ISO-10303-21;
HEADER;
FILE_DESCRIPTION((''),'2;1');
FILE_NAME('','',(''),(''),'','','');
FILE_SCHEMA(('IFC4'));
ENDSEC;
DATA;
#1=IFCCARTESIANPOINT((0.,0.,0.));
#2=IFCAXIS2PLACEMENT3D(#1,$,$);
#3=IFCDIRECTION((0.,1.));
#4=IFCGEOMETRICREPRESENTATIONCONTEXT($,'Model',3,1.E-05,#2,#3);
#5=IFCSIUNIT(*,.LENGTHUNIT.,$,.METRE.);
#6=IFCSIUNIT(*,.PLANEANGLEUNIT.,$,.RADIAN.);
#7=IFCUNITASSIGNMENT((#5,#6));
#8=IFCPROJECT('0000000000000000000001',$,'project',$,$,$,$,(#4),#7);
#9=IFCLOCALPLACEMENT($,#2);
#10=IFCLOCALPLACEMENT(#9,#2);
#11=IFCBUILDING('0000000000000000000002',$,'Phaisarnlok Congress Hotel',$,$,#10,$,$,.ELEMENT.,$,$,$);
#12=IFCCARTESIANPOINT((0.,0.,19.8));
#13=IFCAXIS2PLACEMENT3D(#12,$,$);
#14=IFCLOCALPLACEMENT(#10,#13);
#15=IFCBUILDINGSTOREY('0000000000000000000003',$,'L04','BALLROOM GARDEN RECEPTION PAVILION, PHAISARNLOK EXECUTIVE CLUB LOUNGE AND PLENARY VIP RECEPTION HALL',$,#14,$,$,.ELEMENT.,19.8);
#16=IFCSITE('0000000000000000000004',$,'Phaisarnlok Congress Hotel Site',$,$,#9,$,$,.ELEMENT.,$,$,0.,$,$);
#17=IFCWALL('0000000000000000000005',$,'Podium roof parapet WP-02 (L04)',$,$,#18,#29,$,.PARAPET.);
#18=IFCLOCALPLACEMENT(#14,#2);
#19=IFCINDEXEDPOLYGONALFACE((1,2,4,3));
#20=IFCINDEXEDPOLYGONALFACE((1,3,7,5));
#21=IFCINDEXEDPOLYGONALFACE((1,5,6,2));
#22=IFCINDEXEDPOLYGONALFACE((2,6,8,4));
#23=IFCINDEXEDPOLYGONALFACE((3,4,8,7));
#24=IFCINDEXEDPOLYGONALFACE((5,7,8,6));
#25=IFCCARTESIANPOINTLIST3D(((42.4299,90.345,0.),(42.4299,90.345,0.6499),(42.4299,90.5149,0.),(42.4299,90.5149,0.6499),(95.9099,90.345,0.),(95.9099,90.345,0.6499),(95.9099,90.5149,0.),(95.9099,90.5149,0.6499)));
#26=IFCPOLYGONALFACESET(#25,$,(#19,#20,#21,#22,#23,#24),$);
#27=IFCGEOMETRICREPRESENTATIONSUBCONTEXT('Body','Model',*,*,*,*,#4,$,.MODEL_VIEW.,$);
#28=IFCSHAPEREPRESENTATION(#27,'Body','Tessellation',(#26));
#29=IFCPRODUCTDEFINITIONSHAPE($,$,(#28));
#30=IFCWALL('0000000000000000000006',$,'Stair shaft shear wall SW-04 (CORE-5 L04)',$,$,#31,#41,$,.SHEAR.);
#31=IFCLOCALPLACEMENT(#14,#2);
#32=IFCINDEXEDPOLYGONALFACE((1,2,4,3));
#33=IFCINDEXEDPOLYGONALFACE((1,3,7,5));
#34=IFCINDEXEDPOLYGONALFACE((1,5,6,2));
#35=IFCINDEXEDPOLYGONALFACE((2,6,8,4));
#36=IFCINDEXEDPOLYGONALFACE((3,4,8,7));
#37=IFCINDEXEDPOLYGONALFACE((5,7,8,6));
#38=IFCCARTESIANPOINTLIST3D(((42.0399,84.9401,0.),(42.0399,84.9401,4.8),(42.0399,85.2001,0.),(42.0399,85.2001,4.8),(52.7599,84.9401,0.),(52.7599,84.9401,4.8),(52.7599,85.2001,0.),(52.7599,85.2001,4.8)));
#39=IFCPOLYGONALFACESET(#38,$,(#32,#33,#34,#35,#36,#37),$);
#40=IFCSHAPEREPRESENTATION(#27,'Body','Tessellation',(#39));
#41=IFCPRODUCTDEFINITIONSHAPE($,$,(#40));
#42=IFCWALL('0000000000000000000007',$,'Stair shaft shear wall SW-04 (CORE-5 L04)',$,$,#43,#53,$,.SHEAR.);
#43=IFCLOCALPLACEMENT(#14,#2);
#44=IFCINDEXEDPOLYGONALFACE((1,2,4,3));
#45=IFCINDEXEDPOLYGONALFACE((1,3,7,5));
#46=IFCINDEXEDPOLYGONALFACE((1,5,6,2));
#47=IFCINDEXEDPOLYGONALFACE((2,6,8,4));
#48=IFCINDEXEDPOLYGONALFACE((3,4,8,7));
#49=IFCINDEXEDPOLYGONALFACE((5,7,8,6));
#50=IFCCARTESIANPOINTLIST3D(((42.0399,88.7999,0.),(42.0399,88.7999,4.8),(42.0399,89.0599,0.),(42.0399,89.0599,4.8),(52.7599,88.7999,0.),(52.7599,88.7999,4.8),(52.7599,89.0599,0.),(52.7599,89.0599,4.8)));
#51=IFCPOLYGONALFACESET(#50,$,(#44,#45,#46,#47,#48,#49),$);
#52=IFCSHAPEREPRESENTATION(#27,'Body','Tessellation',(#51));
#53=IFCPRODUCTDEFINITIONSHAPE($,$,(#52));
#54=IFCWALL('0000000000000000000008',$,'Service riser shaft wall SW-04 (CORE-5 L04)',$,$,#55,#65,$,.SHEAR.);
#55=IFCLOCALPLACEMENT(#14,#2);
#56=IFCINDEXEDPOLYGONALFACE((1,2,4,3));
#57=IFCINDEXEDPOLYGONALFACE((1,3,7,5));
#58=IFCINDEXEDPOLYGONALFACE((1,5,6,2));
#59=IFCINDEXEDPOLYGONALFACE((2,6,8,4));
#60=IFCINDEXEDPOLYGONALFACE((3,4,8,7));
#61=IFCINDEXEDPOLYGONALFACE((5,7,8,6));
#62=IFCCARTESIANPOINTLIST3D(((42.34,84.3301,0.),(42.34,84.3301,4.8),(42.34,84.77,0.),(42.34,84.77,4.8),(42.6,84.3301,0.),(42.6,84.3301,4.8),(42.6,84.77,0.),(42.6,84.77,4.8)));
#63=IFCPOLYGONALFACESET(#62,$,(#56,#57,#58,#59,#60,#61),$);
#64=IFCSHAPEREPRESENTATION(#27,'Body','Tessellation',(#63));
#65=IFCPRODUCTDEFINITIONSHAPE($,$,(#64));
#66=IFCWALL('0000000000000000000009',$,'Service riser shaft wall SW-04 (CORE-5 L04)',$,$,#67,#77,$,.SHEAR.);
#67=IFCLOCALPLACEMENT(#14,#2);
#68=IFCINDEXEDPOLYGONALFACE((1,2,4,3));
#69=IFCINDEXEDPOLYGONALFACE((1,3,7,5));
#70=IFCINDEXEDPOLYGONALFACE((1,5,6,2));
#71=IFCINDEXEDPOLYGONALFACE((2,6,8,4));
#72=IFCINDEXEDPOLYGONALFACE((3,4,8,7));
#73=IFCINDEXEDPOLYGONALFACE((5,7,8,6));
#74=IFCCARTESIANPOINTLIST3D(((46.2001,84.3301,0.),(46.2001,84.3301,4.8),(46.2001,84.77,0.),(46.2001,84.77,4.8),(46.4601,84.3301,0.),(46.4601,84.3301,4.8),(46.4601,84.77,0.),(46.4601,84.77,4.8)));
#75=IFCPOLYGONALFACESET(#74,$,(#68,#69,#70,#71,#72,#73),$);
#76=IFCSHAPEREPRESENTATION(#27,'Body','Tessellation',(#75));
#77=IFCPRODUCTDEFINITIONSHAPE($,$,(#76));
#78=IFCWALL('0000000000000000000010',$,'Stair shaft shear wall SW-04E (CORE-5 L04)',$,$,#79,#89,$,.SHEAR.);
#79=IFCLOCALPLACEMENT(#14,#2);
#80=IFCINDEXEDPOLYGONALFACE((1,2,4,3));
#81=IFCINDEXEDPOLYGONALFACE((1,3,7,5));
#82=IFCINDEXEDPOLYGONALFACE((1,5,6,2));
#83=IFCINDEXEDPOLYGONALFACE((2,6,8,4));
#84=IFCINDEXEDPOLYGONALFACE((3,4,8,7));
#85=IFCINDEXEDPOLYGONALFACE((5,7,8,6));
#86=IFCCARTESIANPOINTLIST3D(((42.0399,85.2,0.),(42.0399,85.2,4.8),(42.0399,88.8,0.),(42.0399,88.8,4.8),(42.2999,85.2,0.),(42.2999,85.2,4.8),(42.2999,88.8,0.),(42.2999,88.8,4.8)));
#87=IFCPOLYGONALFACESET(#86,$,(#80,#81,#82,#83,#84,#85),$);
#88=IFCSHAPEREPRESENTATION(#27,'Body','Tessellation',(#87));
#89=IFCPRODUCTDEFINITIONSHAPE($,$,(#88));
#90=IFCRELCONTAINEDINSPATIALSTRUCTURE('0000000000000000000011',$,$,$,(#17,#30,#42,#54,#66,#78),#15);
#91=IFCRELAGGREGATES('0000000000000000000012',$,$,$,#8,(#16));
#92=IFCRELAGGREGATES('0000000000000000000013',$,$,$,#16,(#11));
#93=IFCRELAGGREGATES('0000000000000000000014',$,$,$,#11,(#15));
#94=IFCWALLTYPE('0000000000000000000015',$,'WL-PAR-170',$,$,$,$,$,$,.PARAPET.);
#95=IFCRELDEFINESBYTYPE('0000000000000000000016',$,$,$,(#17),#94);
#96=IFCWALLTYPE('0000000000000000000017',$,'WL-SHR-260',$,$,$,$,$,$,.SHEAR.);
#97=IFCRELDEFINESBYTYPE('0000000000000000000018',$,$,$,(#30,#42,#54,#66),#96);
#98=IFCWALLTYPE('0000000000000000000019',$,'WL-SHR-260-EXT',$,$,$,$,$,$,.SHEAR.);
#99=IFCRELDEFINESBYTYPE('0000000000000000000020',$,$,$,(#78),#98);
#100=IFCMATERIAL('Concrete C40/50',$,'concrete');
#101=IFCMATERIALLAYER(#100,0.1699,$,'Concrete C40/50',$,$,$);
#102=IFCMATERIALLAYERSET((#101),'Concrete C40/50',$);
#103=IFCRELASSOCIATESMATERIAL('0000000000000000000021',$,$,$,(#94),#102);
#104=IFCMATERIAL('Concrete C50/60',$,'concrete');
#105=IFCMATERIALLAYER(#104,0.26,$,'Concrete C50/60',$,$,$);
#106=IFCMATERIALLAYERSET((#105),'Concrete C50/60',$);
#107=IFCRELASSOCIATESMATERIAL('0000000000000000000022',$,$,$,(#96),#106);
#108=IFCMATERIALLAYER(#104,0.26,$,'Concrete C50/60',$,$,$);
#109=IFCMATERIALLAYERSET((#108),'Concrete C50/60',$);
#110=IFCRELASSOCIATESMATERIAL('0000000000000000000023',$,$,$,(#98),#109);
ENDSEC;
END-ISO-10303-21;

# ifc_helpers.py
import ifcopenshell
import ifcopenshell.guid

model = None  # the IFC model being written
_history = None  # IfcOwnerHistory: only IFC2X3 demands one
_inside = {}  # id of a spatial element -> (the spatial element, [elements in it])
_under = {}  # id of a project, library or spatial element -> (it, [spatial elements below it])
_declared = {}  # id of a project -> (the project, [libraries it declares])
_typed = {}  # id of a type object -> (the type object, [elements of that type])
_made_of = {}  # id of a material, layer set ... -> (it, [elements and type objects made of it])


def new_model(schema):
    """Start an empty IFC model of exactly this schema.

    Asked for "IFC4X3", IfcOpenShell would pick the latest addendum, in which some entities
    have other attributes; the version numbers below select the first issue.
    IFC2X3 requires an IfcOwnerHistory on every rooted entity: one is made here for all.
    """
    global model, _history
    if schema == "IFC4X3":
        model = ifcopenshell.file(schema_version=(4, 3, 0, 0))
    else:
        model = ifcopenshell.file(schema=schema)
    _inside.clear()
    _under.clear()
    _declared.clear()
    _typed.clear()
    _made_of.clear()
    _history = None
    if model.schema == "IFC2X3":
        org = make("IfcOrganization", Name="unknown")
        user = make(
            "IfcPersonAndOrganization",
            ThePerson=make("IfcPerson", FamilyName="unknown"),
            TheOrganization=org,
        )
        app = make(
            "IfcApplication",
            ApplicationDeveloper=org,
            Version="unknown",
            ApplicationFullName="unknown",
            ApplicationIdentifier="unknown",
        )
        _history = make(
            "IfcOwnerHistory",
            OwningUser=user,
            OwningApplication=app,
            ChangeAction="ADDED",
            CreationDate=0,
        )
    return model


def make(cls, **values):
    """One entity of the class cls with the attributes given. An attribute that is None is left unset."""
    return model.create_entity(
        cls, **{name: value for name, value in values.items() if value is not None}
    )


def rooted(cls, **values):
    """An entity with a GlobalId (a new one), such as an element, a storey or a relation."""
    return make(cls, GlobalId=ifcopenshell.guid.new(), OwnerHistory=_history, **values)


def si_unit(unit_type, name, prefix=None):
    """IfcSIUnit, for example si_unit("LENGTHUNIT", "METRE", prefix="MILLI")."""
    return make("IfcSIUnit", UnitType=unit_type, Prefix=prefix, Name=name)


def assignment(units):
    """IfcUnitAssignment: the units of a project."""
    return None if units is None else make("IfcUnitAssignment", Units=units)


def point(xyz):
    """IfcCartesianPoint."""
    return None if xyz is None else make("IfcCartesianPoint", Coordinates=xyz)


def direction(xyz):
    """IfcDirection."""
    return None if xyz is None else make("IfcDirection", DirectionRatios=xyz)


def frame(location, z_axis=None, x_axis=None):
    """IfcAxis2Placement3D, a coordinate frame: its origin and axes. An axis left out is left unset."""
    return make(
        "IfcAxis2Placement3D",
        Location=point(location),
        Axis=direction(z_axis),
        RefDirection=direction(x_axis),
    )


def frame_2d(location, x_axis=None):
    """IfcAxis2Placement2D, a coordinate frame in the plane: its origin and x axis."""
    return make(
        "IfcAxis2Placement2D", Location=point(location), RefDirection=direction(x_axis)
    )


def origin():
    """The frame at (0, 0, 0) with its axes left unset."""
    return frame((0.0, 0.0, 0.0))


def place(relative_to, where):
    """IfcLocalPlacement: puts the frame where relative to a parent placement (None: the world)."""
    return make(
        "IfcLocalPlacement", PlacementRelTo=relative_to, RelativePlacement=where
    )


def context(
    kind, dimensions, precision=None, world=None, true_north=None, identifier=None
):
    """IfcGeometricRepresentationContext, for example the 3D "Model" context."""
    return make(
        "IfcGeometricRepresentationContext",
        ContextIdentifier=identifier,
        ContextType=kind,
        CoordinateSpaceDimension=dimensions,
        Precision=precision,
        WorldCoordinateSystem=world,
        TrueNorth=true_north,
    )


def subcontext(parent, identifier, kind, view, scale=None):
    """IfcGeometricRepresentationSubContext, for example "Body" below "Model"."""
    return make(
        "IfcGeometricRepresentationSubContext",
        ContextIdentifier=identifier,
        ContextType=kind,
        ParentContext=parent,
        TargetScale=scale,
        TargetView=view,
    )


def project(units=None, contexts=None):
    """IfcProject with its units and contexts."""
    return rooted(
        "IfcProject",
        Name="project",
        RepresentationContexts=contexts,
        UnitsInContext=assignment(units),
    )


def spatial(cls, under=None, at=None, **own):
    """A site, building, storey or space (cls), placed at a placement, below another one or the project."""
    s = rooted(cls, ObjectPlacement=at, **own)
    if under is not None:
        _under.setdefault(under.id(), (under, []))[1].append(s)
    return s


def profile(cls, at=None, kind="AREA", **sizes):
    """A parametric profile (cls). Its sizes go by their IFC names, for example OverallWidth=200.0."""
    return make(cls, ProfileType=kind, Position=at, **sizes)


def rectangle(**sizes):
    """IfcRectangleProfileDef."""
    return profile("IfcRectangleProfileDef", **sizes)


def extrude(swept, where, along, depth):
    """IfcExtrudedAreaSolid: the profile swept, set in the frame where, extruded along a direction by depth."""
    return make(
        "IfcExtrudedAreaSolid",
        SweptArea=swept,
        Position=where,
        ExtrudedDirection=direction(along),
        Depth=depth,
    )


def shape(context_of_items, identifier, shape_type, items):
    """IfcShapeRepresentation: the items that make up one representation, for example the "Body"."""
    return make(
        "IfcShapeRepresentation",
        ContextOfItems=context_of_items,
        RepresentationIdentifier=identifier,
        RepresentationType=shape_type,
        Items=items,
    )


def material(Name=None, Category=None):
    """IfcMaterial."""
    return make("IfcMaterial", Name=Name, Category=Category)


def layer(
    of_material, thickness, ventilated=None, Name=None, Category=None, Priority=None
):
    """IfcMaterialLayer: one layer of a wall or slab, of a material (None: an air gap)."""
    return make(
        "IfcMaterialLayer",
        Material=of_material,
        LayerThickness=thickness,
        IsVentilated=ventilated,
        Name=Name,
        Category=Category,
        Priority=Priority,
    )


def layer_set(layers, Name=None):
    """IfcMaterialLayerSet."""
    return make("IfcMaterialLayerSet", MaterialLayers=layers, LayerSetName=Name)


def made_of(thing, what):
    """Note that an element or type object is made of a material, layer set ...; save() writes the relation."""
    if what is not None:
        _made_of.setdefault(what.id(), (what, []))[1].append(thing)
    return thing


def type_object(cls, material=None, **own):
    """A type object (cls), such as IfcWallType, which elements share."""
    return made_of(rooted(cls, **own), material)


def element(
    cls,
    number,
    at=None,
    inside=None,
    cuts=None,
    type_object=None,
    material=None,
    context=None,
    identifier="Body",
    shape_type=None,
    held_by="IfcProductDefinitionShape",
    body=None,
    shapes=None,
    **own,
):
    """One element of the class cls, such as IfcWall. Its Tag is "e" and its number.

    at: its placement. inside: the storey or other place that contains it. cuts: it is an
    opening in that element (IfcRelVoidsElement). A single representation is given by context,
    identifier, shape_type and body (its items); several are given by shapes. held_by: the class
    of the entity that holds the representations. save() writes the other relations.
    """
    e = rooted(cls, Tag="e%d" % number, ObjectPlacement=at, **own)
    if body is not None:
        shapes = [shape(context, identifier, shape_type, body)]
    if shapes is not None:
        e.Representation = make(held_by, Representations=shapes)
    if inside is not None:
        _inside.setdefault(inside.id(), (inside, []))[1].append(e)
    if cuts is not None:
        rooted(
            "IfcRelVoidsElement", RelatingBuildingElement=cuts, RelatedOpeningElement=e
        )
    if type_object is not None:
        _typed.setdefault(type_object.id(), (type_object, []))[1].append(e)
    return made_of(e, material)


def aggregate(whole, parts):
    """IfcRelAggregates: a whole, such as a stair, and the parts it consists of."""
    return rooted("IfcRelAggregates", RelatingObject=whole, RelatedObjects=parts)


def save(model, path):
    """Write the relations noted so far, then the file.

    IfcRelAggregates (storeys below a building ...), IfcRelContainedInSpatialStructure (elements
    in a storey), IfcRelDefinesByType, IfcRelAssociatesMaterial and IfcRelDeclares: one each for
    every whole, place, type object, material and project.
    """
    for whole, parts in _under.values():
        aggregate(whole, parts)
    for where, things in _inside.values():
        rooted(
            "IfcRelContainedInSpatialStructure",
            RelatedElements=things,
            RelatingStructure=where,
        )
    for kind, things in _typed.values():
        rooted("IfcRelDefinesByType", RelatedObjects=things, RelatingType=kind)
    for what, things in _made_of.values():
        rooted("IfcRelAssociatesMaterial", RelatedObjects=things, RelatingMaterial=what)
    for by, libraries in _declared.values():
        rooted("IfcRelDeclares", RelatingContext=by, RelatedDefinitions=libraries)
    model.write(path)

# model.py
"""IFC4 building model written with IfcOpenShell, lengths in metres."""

from ifc_helpers import new_model, si_unit, direction, frame, frame_2d, origin, place, context, subcontext, project, spatial, rectangle, extrude, material, layer, layer_set, type_object, element, save


model = new_model("IFC4")

# Units and contexts
model_context = context("Model", 3, precision=1e-05, world=origin(), true_north=direction((0.0, 1.0)))
body_context = subcontext(model_context, "Body", "Model", "MODEL_VIEW")
ifc_project = project(units=[si_unit("LENGTHUNIT", "METRE"), si_unit("PLANEANGLEUNIT", "RADIAN")], contexts=[model_context])

# Site, building, storey
site_placement = place(None, origin())
site = spatial("IfcSite", under=ifc_project, at=site_placement, Name="Phaisarnlok Congress Hotel Site", CompositionType="ELEMENT", RefElevation=0.0)
building_placement = place(site_placement, origin())
building = spatial("IfcBuilding", under=site, at=building_placement, Name="Phaisarnlok Congress Hotel", CompositionType="ELEMENT")
storey_placement = place(building_placement, frame((0.0, 0.0, 19.8)))
storey = spatial("IfcBuildingStorey", under=building, at=storey_placement, Name="L04", Description="BALLROOM GARDEN RECEPTION PAVILION, PHAISARNLOK EXECUTIVE CLUB LOUNGE AND PLENARY VIP RECEPTION HALL", CompositionType="ELEMENT", Elevation=19.8)

# Shared definitions
ifc_material_1 = material(Name="Concrete C50/60", Category="concrete")

# Shared definitions
ifc_material_2 = material(Name="Concrete C40/50", Category="concrete")

# Walls
ifc_layer_1 = layer(ifc_material_2, 0.1699, Name="Concrete C40/50")
ifc_layer_set_1 = layer_set([ifc_layer_1], Name="Concrete C40/50")
wall_type_1 = type_object("IfcWallType", Name="WL-PAR-170", PredefinedType="PARAPET", material=ifc_layer_set_1)
wall_1_placement = place(storey_placement, frame((42.4299, 90.4299, 0.0), z_axis=(0.0, 0.0, 1.0), x_axis=(1.0, 0.0, 0.0)))
element("IfcWall", 1, at=wall_1_placement, inside=storey, type_object=wall_type_1, Name="Podium roof parapet WP-02 (L04)", PredefinedType="PARAPET", context=body_context, shape_type="SweptSolid", body=[
    extrude(rectangle(XDim=53.48, YDim=0.1699, at=frame_2d((26.74, 0.0))), origin(), (0.0, 0.0, 1.0), 0.6499),
])
ifc_layer_2 = layer(ifc_material_1, 0.26, Name="Concrete C50/60")
ifc_layer_set_2 = layer_set([ifc_layer_2], Name="Concrete C50/60")
wall_type_2 = type_object("IfcWallType", Name="WL-SHR-260", PredefinedType="SHEAR", material=ifc_layer_set_2)
for number, where, z_axis, x_axis, name in (
    (2, (42.04, 85.0701, 0.0), (0.0, 0.0, 1.0), (1.0, 0.0, 0.0), "Stair shaft shear wall SW-04 (CORE-5 L04)"),
    (3, (42.04, 88.9299, 0.0), (0.0, 0.0, 1.0), (1.0, 0.0, 0.0), "Stair shaft shear wall SW-04 (CORE-5 L04)"),
):
    element("IfcWall", number, at=place(storey_placement, frame(where, z_axis=z_axis, x_axis=x_axis)), inside=storey, type_object=wall_type_2, Name=name, PredefinedType="SHEAR", context=body_context, shape_type="SweptSolid", body=[
        extrude(rectangle(XDim=10.72, YDim=0.26, at=frame_2d((5.3599, 0.0))), origin(), (0.0, 0.0, 1.0), 4.8),
    ])
for number, where, z_axis, x_axis, name in (
    (4, (42.47, 84.3301, 0.0), (0.0, 0.0, 1.0), (0.0, 1.0, 0.0), "Service riser shaft wall SW-04 (CORE-5 L04)"),
    (5, (46.3301, 84.3301, 0.0), (0.0, 0.0, 1.0), (0.0, 1.0, 0.0), "Service riser shaft wall SW-04 (CORE-5 L04)"),
):
    element("IfcWall", number, at=place(storey_placement, frame(where, z_axis=z_axis, x_axis=x_axis)), inside=storey, type_object=wall_type_2, Name=name, PredefinedType="SHEAR", context=body_context, shape_type="SweptSolid", body=[
        extrude(rectangle(XDim=0.4399, YDim=0.26, at=frame_2d((0.22, 0.0))), origin(), (0.0, 0.0, 1.0), 4.8),
    ])
ifc_layer_3 = layer(ifc_material_1, 0.26, Name="Concrete C50/60")
ifc_layer_set_3 = layer_set([ifc_layer_3], Name="Concrete C50/60")
wall_type_3 = type_object("IfcWallType", Name="WL-SHR-260-EXT", PredefinedType="SHEAR", material=ifc_layer_set_3)
wall_2_placement = place(storey_placement, frame((42.1699, 85.2, 0.0), z_axis=(0.0, 0.0, 1.0), x_axis=(0.0, 1.0, 0.0)))
element("IfcWall", 6, at=wall_2_placement, inside=storey, type_object=wall_type_3, Name="Stair shaft shear wall SW-04E (CORE-5 L04)", PredefinedType="SHEAR", context=body_context, shape_type="SweptSolid", body=[
    extrude(rectangle(XDim=3.6001, YDim=0.26, at=frame_2d((1.8, 0.0))), origin(), (0.0, 0.0, 1.0), 4.8),
])

save(model, "model.ifc")
